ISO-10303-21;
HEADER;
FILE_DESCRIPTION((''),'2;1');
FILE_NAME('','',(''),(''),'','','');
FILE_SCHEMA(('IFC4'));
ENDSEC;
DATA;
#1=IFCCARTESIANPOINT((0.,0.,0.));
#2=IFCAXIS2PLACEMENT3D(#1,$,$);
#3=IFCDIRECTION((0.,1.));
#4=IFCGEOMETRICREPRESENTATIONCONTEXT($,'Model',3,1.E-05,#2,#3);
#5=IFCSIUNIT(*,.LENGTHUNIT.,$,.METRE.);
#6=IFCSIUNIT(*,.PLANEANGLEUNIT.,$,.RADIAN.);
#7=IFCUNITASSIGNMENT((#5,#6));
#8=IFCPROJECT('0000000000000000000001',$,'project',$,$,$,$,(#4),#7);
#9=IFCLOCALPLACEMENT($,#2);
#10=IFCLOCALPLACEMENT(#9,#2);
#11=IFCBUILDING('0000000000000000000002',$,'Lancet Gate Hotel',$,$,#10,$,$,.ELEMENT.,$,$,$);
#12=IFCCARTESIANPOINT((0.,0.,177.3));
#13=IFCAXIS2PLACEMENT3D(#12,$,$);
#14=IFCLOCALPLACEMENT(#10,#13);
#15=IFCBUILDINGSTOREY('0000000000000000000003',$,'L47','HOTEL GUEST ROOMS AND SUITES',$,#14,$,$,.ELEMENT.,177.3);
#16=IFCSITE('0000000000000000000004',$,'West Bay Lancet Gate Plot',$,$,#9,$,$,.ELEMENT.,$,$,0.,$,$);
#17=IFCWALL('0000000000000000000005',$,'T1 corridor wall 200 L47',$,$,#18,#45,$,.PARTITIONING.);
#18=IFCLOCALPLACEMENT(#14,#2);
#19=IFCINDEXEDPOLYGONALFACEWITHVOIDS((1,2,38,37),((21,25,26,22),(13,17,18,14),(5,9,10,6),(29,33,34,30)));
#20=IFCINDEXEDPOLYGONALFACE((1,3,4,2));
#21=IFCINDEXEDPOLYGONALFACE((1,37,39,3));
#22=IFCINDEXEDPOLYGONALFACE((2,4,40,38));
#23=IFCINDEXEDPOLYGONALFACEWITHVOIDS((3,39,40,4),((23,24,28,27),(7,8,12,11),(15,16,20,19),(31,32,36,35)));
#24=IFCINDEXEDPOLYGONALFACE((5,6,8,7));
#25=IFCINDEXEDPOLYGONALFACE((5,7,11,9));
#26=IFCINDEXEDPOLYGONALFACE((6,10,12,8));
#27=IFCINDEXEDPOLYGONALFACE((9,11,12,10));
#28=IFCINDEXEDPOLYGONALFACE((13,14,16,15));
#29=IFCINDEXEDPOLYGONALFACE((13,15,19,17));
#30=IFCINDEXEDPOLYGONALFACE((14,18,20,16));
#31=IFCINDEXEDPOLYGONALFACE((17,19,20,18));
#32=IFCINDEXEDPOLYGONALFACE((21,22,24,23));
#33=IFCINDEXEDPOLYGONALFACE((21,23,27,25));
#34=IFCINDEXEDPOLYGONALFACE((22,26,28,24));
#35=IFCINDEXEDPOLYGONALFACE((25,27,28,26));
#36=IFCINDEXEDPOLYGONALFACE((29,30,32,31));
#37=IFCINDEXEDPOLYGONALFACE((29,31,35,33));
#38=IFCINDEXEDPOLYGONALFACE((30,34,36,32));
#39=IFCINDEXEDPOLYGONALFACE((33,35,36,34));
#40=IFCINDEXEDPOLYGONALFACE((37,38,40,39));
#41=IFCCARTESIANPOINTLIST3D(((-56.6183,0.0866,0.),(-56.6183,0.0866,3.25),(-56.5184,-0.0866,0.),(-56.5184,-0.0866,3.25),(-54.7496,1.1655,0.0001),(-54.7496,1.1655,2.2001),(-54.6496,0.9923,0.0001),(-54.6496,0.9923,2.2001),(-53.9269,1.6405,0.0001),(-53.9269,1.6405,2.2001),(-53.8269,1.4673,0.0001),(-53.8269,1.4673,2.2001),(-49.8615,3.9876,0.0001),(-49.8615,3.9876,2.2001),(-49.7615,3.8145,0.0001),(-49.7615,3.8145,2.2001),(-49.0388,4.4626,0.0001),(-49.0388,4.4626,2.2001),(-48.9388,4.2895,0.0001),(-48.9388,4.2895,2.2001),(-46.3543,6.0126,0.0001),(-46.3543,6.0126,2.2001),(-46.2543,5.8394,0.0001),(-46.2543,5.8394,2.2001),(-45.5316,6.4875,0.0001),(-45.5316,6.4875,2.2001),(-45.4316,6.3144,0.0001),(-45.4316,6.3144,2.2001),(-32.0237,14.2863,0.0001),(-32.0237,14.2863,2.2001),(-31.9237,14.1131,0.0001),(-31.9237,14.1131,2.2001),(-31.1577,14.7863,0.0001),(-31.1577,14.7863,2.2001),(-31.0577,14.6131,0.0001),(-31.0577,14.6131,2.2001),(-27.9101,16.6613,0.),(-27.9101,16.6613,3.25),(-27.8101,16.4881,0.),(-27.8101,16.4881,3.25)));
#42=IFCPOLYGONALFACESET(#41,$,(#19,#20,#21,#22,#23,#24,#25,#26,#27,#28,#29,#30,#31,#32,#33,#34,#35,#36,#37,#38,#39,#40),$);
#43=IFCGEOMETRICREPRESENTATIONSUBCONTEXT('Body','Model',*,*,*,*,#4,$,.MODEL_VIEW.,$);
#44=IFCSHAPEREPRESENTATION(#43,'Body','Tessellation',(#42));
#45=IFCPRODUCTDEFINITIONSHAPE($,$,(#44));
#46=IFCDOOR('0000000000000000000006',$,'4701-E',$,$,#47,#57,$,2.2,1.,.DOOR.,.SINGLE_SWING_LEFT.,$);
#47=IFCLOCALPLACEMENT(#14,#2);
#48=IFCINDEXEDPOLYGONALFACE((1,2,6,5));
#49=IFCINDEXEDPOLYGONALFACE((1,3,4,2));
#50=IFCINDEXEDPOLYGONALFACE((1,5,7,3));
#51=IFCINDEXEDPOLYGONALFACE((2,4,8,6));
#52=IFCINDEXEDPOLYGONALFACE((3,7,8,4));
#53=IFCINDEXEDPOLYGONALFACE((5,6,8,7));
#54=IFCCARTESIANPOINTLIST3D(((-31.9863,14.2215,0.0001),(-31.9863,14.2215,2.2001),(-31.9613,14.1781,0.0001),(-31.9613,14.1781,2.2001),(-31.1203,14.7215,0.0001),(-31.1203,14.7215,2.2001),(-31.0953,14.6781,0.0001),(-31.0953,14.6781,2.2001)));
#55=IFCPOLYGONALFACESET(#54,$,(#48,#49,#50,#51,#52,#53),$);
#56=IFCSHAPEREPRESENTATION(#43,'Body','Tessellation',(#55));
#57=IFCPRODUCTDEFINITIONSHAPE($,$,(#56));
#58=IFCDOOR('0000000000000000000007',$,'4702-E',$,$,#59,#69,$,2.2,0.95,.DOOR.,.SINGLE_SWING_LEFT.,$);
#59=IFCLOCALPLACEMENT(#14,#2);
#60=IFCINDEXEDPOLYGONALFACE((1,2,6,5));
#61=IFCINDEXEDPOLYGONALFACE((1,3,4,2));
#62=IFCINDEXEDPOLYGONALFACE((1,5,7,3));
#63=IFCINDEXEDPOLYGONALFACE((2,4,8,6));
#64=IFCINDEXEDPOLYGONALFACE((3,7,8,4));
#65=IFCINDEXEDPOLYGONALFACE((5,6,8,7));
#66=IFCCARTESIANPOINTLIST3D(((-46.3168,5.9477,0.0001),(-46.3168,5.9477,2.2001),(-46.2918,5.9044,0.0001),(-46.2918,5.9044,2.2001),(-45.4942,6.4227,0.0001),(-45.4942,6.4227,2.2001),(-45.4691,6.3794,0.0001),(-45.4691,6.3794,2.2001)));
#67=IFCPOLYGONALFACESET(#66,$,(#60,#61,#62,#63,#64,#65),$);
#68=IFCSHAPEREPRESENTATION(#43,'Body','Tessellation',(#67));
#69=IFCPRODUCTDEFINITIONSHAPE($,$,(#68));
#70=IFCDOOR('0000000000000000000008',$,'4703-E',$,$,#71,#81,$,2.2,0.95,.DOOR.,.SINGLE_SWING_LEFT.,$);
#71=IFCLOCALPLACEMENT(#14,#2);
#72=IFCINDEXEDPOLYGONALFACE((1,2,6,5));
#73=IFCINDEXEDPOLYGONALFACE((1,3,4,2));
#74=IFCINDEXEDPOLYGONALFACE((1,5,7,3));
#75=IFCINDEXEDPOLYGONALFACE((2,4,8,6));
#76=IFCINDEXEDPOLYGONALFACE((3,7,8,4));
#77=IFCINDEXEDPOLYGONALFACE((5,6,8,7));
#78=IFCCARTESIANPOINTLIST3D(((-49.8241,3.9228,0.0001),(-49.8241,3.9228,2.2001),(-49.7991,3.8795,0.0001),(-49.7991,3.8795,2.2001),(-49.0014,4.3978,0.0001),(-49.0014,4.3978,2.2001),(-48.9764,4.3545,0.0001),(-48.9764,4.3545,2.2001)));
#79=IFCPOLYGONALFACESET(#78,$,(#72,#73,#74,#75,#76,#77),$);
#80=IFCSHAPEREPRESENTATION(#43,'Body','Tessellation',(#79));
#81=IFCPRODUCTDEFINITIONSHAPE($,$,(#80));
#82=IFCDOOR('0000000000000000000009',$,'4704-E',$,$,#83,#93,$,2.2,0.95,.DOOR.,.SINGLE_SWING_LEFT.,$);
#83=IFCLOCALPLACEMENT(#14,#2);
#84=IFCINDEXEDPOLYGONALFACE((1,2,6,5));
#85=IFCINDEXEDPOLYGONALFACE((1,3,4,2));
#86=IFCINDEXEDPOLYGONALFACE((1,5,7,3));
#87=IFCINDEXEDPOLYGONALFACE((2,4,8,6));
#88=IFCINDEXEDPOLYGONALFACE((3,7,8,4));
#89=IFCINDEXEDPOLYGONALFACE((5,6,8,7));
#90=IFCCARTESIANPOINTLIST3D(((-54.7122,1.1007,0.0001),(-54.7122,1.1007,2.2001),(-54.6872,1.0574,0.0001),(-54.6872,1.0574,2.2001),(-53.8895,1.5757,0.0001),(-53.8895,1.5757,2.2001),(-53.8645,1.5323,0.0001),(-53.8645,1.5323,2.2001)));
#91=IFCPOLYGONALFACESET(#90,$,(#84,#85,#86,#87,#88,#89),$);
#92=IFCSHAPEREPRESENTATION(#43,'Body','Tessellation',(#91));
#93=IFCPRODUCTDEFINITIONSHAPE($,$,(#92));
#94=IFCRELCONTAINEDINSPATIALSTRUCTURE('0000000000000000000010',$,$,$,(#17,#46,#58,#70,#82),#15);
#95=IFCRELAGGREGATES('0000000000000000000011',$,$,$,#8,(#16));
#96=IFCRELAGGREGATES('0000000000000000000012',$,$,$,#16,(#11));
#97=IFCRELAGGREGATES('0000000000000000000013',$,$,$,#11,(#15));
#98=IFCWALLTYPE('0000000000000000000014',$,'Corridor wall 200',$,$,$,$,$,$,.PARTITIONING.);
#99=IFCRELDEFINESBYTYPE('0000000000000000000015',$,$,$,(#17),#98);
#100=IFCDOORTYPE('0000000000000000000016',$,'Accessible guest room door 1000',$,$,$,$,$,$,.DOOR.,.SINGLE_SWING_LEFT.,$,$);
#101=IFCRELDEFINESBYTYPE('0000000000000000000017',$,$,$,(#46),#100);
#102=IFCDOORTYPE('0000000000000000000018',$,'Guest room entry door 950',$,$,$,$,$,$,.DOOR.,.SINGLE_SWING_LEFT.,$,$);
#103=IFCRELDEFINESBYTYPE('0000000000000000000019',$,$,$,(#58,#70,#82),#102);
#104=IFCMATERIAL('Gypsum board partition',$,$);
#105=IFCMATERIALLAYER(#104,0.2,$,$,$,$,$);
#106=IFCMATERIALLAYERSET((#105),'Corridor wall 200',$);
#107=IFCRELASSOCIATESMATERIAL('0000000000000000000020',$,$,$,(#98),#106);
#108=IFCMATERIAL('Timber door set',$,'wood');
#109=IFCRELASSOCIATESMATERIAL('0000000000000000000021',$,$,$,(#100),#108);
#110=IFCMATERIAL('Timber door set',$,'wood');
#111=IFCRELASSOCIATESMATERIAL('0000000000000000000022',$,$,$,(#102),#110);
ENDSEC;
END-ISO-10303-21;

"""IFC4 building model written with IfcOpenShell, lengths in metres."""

from ifc_helpers import new_model, si_unit, direction, frame, frame_2d, origin, place, context, subcontext, project, spatial, rectangle, extrude, material, layer, layer_set, type_object, element, fill, save


model = new_model("IFC4")

# Units and contexts
model_context = context("Model", 3, precision=1e-05, world=origin(), true_north=direction((0.0, 1.0)))
body_context = subcontext(model_context, "Body", "Model", "MODEL_VIEW")
ifc_project = project(units=[si_unit("LENGTHUNIT", "METRE"), si_unit("PLANEANGLEUNIT", "RADIAN")], contexts=[model_context])

# Site, building, storey
site_placement = place(None, origin())
site = spatial("IfcSite", under=ifc_project, at=site_placement, Name="West Bay Lancet Gate Plot", CompositionType="ELEMENT", RefElevation=0.0)
building_placement = place(site_placement, origin())
building = spatial("IfcBuilding", under=site, at=building_placement, Name="Lancet Gate Hotel", CompositionType="ELEMENT")
storey_placement = place(building_placement, frame((0.0, 0.0, 177.3)))
storey = spatial("IfcBuildingStorey", under=building, at=storey_placement, Name="L47", Description="HOTEL GUEST ROOMS AND SUITES", CompositionType="ELEMENT", Elevation=177.3)

# Wall, openings, doors
ifc_material_1 = material(Name="Gypsum board partition")
ifc_layer_1 = layer(ifc_material_1, 0.2)
ifc_layer_set_1 = layer_set([ifc_layer_1], Name="Corridor wall 200")
wall_type_1 = type_object("IfcWallType", Name="Corridor wall 200", PredefinedType="PARTITIONING", material=ifc_layer_set_1)
wall_1_placement = place(storey_placement, frame((-27.8601, 16.5747, 0.0), z_axis=(0.0, 0.0, 1.0), x_axis=(-0.866026, -0.5, 0.0)))
wall_1 = element("IfcWall", 1, at=wall_1_placement, inside=storey, type_object=wall_type_1, Name="T1 corridor wall 200 L47", PredefinedType="PARTITIONING", context=body_context, shape_type="SweptSolid", body=[
    extrude(rectangle(XDim=33.1494, YDim=0.2, at=frame_2d((16.5747, 0.0))), origin(), (0.0, 0.0, 1.0), 3.25),
])
opening_1_placement = place(wall_1_placement, frame((3.75, 0.0, 0.0)))
opening_1 = element("IfcOpeningElement", 2, at=opening_1_placement, cuts=wall_1, PredefinedType="OPENING", context=body_context, shape_type="SweptSolid", body=[
    extrude(rectangle(XDim=1.0, YDim=2.2, at=frame_2d((0.5, 1.1001))), frame((0.0, 0.1099, 0.0), z_axis=(0.0, -1.0, 0.0), x_axis=(1.0, 0.0, 0.0)), (0.0, 0.0, 1.0), 0.22),
])
opening_2_placement = place(wall_1_placement, frame((20.3474, 0.0, 0.0)))
opening_2 = element("IfcOpeningElement", 3, at=opening_2_placement, cuts=wall_1, PredefinedType="OPENING", context=body_context, shape_type="SweptSolid", body=[
    extrude(rectangle(XDim=0.95, YDim=2.2, at=frame_2d((0.4751, 1.1001))), frame((0.0, 0.1099, 0.0), z_axis=(0.0, -1.0, 0.0), x_axis=(1.0, 0.0, 0.0)), (0.0, 0.0, 1.0), 0.22),
])
opening_3_placement = place(wall_1_placement, frame((24.3972, 0.0, 0.0)))
opening_3 = element("IfcOpeningElement", 4, at=opening_3_placement, cuts=wall_1, PredefinedType="OPENING", context=body_context, shape_type="SweptSolid", body=[
    extrude(rectangle(XDim=0.95, YDim=2.2, at=frame_2d((0.4751, 1.1001))), frame((0.0, 0.1099, 0.0), z_axis=(0.0, -1.0, 0.0), x_axis=(1.0, 0.0, 0.0)), (0.0, 0.0, 1.0), 0.22),
])
opening_4_placement = place(wall_1_placement, frame((30.0415, 0.0, 0.0)))
opening_4 = element("IfcOpeningElement", 5, at=opening_4_placement, cuts=wall_1, PredefinedType="OPENING", context=body_context, shape_type="SweptSolid", body=[
    extrude(rectangle(XDim=0.95, YDim=2.2, at=frame_2d((0.4751, 1.1001))), frame((0.0, 0.1099, 0.0), z_axis=(0.0, -1.0, 0.0), x_axis=(1.0, 0.0, 0.0)), (0.0, 0.0, 1.0), 0.22),
])
ifc_material_2 = material(Name="Timber door set", Category="wood")
door_type_1 = type_object("IfcDoorType", Name="Accessible guest room door 1000", OperationType="SINGLE_SWING_LEFT", PredefinedType="DOOR", material=ifc_material_2)
door_1_placement = place(opening_1_placement, origin())
door_1 = element("IfcDoor", 6, at=door_1_placement, inside=storey, type_object=door_type_1, Name="4701-E", OperationType="SINGLE_SWING_LEFT", OverallHeight=2.2, OverallWidth=1.0, PredefinedType="DOOR", context=body_context, shape_type="SweptSolid", body=[
    extrude(rectangle(XDim=1.0, YDim=2.2, at=frame_2d((0.5, 1.1001))), frame((0.0, 0.0249, 0.0), z_axis=(0.0, -1.0, 0.0), x_axis=(1.0, 0.0, 0.0)), (0.0, 0.0, 1.0), 0.05),
])
fill(opening_1, door_1)
ifc_material_3 = material(Name="Timber door set", Category="wood")
door_type_2 = type_object("IfcDoorType", Name="Guest room entry door 950", OperationType="SINGLE_SWING_LEFT", PredefinedType="DOOR", material=ifc_material_3)
door_2_placement = place(opening_2_placement, origin())
door_2 = element("IfcDoor", 7, at=door_2_placement, inside=storey, type_object=door_type_2, Name="4702-E", OperationType="SINGLE_SWING_LEFT", OverallHeight=2.2, OverallWidth=0.95, PredefinedType="DOOR", context=body_context, shape_type="SweptSolid", body=[
    extrude(rectangle(XDim=0.95, YDim=2.2, at=frame_2d((0.4751, 1.1001))), frame((0.0, 0.0249, 0.0), z_axis=(0.0, -1.0, 0.0), x_axis=(1.0, 0.0, 0.0)), (0.0, 0.0, 1.0), 0.05),
])
fill(opening_2, door_2)
door_3_placement = place(opening_3_placement, origin())
door_3 = element("IfcDoor", 8, at=door_3_placement, inside=storey, type_object=door_type_2, Name="4703-E", OperationType="SINGLE_SWING_LEFT", OverallHeight=2.2, OverallWidth=0.95, PredefinedType="DOOR", context=body_context, shape_type="SweptSolid", body=[
    extrude(rectangle(XDim=0.95, YDim=2.2, at=frame_2d((0.4751, 1.1001))), frame((0.0, 0.0249, 0.0), z_axis=(0.0, -1.0, 0.0), x_axis=(1.0, 0.0, 0.0)), (0.0, 0.0, 1.0), 0.05),
])
fill(opening_3, door_3)
door_4_placement = place(opening_4_placement, origin())
door_4 = element("IfcDoor", 9, at=door_4_placement, inside=storey, type_object=door_type_2, Name="4704-E", OperationType="SINGLE_SWING_LEFT", OverallHeight=2.2, OverallWidth=0.95, PredefinedType="DOOR", context=body_context, shape_type="SweptSolid", body=[
    extrude(rectangle(XDim=0.95, YDim=2.2, at=frame_2d((0.4751, 1.1001))), frame((0.0, 0.0249, 0.0), z_axis=(0.0, -1.0, 0.0), x_axis=(1.0, 0.0, 0.0)), (0.0, 0.0, 1.0), 0.05),
])
fill(opening_4, door_4)

save(model, "model.ifc")
